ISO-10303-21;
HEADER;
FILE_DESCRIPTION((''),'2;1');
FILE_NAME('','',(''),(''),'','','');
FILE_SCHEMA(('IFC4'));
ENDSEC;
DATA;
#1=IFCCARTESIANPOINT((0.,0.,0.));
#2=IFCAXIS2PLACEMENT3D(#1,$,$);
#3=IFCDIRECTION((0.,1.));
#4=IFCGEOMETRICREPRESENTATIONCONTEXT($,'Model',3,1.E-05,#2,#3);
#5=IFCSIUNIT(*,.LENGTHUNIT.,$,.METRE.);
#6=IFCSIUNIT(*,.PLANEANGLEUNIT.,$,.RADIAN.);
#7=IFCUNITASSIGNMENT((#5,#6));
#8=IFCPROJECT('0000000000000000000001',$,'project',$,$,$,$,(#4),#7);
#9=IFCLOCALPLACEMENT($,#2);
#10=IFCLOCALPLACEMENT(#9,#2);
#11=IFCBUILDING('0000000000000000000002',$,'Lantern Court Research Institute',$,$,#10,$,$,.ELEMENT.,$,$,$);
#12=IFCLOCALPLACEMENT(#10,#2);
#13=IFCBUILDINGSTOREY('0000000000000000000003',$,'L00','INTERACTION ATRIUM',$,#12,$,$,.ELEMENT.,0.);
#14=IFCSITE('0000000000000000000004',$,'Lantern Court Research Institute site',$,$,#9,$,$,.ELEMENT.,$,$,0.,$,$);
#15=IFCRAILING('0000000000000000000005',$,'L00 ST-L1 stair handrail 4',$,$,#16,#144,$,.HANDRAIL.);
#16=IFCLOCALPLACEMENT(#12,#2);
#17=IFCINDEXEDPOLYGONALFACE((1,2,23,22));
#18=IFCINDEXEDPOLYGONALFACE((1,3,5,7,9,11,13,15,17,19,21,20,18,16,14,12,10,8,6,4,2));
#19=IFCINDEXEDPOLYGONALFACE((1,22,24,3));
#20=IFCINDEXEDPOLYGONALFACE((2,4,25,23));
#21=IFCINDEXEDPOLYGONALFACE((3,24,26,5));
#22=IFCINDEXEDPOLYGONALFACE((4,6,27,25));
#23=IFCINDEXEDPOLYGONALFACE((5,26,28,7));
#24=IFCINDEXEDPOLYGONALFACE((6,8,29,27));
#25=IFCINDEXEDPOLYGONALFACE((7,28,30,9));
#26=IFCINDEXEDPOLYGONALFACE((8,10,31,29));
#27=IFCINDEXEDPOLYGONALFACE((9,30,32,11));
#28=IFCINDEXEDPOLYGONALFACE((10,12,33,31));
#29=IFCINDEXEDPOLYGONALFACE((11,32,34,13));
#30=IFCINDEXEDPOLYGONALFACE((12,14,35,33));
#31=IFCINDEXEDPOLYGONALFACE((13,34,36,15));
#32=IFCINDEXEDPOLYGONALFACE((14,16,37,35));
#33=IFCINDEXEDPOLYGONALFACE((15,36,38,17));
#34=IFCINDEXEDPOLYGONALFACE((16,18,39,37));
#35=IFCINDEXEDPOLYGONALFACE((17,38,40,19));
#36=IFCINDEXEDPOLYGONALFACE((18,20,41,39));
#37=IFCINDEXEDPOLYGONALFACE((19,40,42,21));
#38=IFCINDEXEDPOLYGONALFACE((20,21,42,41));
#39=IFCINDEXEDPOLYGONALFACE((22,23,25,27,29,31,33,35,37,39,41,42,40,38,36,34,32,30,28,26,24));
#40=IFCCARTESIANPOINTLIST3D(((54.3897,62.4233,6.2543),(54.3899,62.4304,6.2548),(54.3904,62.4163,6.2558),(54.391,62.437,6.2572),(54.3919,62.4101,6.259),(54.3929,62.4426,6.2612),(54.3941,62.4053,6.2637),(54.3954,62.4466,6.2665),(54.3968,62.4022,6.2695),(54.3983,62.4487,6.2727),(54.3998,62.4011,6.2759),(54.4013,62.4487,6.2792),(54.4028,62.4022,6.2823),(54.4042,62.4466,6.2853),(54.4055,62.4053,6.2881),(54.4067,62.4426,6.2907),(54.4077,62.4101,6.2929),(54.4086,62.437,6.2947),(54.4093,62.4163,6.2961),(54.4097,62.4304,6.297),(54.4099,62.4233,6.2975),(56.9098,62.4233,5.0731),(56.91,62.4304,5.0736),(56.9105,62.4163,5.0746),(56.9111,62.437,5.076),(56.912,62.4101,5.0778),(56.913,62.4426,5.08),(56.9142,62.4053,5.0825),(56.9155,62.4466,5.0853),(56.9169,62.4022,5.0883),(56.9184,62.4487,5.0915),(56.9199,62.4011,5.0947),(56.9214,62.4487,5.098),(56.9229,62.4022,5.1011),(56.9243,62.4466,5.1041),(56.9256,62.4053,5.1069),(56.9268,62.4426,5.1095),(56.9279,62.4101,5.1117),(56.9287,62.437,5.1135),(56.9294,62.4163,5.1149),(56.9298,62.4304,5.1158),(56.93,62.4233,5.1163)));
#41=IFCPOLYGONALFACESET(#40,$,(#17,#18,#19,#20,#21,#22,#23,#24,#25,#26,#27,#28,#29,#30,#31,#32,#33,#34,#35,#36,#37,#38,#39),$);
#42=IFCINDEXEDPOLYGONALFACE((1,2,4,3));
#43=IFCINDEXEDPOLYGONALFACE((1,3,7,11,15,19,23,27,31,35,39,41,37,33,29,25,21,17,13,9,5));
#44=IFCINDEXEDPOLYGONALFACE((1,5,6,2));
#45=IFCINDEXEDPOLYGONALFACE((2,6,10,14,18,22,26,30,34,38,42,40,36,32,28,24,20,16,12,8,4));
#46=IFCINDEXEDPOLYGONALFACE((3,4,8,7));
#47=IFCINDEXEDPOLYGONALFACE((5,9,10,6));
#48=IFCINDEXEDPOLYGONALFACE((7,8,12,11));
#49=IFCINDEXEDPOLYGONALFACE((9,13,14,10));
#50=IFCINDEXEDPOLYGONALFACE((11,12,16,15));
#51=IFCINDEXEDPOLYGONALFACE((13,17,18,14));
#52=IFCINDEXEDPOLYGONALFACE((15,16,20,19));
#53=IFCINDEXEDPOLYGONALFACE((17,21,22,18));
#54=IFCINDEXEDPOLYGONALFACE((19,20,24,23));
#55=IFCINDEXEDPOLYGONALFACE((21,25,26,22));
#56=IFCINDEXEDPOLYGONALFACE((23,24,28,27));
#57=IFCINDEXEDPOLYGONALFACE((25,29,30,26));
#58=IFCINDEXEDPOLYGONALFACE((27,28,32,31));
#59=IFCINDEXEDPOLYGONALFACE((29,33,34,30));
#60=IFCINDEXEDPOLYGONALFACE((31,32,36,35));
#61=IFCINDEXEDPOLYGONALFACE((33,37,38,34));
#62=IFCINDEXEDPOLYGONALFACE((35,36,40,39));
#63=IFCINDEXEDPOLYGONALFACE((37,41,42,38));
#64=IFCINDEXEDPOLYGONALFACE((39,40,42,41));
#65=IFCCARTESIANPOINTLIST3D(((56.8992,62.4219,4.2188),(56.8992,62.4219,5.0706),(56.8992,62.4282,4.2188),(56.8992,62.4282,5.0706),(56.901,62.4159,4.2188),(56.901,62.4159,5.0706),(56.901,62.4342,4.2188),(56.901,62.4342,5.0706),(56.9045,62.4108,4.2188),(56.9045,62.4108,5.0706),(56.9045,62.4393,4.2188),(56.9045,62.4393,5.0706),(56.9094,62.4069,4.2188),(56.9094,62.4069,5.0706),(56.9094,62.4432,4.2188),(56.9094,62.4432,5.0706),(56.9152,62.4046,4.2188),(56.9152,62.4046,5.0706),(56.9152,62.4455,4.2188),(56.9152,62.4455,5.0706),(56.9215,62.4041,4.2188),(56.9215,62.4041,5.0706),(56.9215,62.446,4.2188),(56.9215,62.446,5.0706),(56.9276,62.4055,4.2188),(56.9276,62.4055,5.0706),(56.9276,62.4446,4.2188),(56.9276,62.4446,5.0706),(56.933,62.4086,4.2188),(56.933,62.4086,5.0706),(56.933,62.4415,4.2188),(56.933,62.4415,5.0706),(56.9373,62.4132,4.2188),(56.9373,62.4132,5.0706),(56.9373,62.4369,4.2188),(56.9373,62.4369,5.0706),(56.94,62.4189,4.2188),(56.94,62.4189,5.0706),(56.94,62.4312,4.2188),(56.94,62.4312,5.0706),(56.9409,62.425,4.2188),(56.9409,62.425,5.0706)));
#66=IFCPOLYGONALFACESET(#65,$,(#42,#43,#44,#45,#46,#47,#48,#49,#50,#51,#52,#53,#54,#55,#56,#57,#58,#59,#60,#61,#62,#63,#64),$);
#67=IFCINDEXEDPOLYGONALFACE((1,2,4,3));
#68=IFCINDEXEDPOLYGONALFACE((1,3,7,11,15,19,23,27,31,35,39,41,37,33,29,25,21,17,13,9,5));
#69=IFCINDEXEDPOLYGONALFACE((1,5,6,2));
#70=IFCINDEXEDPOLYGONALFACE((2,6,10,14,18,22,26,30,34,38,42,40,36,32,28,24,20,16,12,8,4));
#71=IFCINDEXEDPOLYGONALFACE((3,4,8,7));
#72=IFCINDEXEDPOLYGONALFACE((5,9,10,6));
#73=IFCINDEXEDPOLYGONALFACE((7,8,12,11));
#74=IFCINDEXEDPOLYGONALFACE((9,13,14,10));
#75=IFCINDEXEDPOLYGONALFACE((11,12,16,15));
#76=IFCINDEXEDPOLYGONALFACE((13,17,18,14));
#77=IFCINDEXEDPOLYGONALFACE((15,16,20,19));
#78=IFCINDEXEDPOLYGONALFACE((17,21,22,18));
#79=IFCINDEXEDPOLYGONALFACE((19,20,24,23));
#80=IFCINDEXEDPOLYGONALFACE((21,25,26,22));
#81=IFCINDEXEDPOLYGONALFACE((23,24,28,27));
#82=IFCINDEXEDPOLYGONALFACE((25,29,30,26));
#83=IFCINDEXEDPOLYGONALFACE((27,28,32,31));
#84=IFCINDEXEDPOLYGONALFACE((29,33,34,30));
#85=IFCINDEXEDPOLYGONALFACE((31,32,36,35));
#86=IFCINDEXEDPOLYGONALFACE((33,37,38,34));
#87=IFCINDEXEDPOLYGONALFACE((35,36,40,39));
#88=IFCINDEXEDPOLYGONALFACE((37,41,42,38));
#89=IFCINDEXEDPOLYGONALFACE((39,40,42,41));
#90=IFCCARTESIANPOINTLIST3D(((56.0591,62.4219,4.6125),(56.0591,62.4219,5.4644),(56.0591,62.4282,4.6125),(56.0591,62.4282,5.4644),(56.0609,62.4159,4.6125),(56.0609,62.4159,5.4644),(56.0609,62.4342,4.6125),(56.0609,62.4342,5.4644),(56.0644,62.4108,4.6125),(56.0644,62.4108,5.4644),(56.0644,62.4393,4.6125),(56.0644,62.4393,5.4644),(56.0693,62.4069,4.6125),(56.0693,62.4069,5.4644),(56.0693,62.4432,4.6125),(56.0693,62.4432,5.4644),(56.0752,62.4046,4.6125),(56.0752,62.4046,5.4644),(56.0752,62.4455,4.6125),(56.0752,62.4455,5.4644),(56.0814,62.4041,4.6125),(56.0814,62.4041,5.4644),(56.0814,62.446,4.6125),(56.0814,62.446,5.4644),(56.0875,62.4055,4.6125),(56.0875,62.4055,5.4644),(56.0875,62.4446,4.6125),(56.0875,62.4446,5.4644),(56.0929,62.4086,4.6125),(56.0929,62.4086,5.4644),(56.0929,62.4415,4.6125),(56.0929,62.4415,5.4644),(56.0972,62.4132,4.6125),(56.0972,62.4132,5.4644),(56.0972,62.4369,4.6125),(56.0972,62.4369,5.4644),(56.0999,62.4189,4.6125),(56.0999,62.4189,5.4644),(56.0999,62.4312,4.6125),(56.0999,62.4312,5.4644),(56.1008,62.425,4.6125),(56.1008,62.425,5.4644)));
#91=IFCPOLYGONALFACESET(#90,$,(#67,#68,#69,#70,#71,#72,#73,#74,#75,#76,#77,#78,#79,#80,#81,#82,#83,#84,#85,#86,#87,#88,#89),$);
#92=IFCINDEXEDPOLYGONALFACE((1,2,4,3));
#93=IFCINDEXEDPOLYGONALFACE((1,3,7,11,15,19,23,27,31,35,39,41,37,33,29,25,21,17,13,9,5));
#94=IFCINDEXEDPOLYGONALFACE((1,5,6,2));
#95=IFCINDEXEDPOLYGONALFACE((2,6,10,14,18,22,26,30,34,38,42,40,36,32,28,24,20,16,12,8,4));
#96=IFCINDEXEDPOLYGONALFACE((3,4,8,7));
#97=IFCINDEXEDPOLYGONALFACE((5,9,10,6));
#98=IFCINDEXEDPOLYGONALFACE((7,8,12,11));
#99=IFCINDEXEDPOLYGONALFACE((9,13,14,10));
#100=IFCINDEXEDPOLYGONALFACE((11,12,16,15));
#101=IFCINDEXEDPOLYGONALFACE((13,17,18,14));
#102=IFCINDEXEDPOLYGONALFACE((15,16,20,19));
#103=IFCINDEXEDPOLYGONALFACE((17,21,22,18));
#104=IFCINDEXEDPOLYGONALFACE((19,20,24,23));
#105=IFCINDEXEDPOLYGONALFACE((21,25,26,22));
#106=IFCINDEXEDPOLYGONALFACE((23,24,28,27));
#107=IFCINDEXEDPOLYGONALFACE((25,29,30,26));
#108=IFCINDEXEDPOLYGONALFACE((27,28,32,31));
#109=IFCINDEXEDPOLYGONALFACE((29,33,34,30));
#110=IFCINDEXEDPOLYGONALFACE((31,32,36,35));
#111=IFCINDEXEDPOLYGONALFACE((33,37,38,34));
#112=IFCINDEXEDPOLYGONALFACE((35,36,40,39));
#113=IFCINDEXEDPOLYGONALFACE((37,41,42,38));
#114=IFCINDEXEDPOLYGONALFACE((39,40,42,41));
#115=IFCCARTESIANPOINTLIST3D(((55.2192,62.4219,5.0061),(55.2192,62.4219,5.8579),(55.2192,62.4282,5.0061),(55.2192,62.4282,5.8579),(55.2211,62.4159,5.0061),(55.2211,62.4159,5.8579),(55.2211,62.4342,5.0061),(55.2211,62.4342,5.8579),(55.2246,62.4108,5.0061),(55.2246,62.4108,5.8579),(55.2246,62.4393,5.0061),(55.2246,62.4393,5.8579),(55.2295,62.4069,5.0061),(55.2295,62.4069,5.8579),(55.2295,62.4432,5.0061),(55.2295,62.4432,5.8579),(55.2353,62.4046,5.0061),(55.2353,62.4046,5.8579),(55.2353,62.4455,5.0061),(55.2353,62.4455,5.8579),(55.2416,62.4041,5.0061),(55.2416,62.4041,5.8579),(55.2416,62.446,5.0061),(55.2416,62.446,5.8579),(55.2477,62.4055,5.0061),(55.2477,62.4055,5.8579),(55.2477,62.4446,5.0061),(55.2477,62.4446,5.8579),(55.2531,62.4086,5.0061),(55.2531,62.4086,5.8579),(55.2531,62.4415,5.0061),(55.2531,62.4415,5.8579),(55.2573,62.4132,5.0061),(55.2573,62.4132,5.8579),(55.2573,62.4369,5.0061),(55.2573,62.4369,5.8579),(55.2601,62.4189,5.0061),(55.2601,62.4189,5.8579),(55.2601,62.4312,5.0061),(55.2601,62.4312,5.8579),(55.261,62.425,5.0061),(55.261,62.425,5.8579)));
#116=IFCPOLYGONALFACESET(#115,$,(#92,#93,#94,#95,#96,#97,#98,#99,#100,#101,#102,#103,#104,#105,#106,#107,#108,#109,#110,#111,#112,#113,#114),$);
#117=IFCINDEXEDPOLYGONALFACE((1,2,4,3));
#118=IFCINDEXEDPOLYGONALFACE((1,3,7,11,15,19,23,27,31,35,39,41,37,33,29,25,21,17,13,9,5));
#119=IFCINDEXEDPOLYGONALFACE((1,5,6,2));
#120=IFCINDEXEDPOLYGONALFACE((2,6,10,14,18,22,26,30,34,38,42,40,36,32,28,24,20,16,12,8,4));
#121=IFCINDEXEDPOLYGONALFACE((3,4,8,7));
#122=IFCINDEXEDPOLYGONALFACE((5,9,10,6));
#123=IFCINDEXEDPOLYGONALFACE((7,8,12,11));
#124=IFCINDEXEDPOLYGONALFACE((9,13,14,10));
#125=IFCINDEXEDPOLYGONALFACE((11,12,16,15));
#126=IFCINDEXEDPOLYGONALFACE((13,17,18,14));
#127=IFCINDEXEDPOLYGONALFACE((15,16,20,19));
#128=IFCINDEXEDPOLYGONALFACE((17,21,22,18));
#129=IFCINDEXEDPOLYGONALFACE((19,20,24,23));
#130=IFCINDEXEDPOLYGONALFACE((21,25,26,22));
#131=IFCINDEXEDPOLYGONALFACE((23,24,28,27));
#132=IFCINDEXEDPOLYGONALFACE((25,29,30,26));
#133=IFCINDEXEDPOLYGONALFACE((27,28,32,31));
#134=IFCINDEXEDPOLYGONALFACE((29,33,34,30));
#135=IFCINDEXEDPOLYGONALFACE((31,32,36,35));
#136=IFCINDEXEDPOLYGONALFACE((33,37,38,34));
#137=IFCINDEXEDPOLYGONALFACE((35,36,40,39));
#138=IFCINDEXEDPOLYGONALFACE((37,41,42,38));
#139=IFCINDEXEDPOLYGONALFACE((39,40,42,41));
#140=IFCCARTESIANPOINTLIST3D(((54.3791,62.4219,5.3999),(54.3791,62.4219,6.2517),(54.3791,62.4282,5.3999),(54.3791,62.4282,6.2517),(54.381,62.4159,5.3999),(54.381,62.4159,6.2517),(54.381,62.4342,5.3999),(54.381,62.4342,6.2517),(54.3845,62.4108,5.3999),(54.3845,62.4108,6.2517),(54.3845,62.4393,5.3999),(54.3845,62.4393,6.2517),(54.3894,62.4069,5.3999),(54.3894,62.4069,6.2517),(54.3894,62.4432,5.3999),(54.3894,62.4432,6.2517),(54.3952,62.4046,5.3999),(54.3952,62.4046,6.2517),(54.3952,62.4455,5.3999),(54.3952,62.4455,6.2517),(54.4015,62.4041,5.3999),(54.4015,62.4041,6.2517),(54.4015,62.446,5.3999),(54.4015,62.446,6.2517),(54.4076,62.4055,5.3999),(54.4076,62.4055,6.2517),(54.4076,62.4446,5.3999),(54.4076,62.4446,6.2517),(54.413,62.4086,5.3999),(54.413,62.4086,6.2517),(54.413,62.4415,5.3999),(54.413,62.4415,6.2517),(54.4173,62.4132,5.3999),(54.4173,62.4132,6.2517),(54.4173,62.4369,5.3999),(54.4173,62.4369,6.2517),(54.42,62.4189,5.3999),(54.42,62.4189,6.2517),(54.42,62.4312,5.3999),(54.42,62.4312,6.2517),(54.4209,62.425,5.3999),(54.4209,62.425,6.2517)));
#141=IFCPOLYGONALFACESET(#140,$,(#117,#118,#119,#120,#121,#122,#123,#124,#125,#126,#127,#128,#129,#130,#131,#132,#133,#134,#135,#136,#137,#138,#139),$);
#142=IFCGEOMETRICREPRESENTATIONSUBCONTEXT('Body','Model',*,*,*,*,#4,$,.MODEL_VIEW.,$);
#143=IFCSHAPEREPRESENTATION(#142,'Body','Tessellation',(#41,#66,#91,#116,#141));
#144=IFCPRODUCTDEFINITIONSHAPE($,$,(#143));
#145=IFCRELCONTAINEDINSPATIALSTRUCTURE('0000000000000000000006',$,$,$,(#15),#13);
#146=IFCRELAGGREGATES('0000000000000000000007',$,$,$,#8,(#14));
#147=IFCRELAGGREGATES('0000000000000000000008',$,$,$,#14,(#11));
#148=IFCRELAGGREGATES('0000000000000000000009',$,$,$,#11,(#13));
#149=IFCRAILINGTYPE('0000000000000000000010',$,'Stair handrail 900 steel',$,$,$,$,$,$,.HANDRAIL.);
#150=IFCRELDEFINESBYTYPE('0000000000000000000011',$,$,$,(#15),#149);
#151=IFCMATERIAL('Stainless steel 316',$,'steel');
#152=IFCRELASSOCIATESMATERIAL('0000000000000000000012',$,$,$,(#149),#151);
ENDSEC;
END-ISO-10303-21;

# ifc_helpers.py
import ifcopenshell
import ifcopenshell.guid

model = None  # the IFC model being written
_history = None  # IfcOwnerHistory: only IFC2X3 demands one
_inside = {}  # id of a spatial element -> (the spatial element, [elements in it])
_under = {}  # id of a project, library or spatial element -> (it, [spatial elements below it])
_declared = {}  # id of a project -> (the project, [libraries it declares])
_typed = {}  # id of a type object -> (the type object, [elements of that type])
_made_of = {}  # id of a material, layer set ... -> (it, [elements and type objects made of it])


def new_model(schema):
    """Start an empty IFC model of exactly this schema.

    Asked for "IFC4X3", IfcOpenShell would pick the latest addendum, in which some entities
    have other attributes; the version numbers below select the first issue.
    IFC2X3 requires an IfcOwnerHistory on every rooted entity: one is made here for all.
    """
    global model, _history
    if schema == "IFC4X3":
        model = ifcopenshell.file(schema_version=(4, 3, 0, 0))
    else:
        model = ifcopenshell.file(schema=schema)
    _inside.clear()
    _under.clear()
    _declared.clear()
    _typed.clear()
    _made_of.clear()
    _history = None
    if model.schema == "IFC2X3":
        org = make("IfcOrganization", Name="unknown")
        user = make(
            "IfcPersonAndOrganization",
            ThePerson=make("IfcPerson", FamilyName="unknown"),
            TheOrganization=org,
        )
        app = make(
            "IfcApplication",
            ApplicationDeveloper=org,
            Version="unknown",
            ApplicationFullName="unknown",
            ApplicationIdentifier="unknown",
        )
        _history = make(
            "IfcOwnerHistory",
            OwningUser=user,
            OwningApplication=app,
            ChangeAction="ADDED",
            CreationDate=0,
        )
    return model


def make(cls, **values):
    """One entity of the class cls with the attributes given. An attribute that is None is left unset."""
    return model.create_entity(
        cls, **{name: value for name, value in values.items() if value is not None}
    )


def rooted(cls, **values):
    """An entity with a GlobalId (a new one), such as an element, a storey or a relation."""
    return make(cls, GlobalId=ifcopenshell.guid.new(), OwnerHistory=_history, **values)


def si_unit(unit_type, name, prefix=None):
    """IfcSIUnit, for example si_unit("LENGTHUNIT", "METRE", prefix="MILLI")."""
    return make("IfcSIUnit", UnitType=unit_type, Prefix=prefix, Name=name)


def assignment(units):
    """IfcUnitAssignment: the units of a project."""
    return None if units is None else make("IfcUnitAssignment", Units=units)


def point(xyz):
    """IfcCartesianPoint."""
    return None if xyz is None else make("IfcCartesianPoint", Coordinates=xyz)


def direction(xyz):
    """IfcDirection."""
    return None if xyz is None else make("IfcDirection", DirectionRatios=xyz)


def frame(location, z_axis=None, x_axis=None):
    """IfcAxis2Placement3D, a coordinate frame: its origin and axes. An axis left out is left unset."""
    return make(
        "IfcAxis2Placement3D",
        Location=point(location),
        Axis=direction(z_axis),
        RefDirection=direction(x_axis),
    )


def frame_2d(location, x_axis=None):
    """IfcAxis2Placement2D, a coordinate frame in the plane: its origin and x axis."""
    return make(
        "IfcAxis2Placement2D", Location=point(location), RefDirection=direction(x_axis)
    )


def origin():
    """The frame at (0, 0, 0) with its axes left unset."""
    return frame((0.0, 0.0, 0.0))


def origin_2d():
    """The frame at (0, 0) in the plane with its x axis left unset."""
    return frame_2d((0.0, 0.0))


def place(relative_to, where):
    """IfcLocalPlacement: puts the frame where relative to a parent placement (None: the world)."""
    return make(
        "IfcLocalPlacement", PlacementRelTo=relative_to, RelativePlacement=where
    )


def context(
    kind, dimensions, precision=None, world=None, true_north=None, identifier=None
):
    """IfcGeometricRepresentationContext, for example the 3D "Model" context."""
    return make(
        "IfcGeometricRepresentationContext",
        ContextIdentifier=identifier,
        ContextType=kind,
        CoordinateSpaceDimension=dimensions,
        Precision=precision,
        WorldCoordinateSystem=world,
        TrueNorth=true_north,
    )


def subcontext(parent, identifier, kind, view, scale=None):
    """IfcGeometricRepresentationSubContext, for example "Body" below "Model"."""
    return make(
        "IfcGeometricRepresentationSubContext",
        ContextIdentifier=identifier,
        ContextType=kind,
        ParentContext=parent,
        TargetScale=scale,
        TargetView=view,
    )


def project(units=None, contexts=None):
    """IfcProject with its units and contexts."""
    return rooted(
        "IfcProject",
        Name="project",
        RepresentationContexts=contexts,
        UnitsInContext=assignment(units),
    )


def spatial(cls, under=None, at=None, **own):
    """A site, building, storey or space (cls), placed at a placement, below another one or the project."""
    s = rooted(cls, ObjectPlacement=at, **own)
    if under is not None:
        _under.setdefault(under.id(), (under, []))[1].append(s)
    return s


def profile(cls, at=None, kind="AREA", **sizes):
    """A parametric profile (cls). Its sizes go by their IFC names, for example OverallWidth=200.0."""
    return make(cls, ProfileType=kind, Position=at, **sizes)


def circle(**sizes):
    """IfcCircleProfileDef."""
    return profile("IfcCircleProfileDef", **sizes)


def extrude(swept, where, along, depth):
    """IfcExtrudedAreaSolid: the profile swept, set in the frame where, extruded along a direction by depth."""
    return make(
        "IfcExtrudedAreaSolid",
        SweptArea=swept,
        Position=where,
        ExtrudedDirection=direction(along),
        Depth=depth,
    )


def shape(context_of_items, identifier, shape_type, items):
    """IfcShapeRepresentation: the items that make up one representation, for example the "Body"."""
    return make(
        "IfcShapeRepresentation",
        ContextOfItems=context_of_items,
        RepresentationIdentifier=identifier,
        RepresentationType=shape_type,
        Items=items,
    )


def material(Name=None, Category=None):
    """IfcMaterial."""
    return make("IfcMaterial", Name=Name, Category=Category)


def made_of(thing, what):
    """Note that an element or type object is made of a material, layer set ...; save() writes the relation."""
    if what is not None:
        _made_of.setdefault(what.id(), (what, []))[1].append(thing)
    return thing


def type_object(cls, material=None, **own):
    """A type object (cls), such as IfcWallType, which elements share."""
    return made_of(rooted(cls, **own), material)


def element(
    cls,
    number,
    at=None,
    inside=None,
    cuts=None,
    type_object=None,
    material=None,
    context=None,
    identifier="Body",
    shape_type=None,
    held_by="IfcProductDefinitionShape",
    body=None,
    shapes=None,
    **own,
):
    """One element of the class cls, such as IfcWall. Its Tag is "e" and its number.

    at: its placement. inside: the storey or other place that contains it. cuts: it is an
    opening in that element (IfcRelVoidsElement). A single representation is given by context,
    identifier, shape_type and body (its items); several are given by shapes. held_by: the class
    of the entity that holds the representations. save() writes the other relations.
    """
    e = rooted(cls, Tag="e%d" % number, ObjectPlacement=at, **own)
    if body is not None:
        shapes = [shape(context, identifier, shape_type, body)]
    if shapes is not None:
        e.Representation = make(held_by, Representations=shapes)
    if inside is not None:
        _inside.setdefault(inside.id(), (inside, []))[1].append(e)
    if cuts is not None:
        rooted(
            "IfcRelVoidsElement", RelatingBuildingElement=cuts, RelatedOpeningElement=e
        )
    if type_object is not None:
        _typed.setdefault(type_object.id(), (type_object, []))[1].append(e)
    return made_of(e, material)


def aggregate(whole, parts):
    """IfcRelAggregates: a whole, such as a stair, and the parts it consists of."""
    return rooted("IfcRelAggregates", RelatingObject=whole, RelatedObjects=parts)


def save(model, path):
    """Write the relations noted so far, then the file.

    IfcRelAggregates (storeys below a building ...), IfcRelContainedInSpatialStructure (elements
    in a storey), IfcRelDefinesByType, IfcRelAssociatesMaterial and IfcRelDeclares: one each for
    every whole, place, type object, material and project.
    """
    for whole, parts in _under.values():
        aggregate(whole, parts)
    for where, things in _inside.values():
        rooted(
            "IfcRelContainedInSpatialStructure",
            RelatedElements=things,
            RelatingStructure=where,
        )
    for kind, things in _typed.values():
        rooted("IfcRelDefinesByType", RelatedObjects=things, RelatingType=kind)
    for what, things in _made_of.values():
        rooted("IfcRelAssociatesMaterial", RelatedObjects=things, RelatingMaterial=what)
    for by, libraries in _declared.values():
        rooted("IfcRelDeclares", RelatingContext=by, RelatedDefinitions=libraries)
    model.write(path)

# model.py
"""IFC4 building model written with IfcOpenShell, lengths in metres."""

from ifc_helpers import new_model, si_unit, direction, frame, origin, origin_2d, place, context, subcontext, project, spatial, circle, extrude, material, type_object, element, save


model = new_model("IFC4")

# Units and contexts
model_context = context("Model", 3, precision=1e-05, world=origin(), true_north=direction((0.0, 1.0)))
body_context = subcontext(model_context, "Body", "Model", "MODEL_VIEW")
ifc_project = project(units=[si_unit("LENGTHUNIT", "METRE"), si_unit("PLANEANGLEUNIT", "RADIAN")], contexts=[model_context])

# Site, building, storey
site_placement = place(None, origin())
site = spatial("IfcSite", under=ifc_project, at=site_placement, Name="Lantern Court Research Institute site", CompositionType="ELEMENT", RefElevation=0.0)
building_placement = place(site_placement, origin())
building = spatial("IfcBuilding", under=site, at=building_placement, Name="Lantern Court Research Institute", CompositionType="ELEMENT")
storey_placement = place(building_placement, origin())
storey = spatial("IfcBuildingStorey", under=building, at=storey_placement, Name="L00", Description="INTERACTION ATRIUM", CompositionType="ELEMENT", Elevation=0.0)

# Railing
ifc_material_1 = material(Name="Stainless steel 316", Category="steel")
railing_type_1 = type_object("IfcRailingType", Name="Stair handrail 900 steel", PredefinedType="HANDRAIL", material=ifc_material_1)
for number, where, name in (
    (1, (56.9199, 62.425, 4.2188), "L00 ST-L1 stair handrail 4"),
):
    element("IfcRailing", number, at=place(storey_placement, frame(where)), inside=storey, type_object=railing_type_1, Name=name, PredefinedType="HANDRAIL", context=body_context, shape_type="SweptSolid", body=[
        extrude(circle(Radius=0.0239, at=origin_2d()), frame((0.0, 0.0, 0.876), z_axis=(-0.905474, 0.0, 0.424402), x_axis=(0.0, -1.0, 0.0)), (0.0, 0.0, 1.0), 2.7832),
        extrude(circle(Radius=0.021, at=origin_2d()), origin(), (0.0, 0.0, 1.0), 0.8518),
        extrude(circle(Radius=0.021, at=origin_2d()), frame((-0.8401, 0.0, 0.3938)), (0.0, 0.0, 1.0), 0.8518),
        extrude(circle(Radius=0.021, at=origin_2d()), frame((-1.6799, 0.0, 0.7874)), (0.0, 0.0, 1.0), 0.8518),
        extrude(circle(Radius=0.021, at=origin_2d()), frame((-2.52, 0.0, 1.1812)), (0.0, 0.0, 1.0), 0.8518),
    ])

save(model, "model.ifc")
